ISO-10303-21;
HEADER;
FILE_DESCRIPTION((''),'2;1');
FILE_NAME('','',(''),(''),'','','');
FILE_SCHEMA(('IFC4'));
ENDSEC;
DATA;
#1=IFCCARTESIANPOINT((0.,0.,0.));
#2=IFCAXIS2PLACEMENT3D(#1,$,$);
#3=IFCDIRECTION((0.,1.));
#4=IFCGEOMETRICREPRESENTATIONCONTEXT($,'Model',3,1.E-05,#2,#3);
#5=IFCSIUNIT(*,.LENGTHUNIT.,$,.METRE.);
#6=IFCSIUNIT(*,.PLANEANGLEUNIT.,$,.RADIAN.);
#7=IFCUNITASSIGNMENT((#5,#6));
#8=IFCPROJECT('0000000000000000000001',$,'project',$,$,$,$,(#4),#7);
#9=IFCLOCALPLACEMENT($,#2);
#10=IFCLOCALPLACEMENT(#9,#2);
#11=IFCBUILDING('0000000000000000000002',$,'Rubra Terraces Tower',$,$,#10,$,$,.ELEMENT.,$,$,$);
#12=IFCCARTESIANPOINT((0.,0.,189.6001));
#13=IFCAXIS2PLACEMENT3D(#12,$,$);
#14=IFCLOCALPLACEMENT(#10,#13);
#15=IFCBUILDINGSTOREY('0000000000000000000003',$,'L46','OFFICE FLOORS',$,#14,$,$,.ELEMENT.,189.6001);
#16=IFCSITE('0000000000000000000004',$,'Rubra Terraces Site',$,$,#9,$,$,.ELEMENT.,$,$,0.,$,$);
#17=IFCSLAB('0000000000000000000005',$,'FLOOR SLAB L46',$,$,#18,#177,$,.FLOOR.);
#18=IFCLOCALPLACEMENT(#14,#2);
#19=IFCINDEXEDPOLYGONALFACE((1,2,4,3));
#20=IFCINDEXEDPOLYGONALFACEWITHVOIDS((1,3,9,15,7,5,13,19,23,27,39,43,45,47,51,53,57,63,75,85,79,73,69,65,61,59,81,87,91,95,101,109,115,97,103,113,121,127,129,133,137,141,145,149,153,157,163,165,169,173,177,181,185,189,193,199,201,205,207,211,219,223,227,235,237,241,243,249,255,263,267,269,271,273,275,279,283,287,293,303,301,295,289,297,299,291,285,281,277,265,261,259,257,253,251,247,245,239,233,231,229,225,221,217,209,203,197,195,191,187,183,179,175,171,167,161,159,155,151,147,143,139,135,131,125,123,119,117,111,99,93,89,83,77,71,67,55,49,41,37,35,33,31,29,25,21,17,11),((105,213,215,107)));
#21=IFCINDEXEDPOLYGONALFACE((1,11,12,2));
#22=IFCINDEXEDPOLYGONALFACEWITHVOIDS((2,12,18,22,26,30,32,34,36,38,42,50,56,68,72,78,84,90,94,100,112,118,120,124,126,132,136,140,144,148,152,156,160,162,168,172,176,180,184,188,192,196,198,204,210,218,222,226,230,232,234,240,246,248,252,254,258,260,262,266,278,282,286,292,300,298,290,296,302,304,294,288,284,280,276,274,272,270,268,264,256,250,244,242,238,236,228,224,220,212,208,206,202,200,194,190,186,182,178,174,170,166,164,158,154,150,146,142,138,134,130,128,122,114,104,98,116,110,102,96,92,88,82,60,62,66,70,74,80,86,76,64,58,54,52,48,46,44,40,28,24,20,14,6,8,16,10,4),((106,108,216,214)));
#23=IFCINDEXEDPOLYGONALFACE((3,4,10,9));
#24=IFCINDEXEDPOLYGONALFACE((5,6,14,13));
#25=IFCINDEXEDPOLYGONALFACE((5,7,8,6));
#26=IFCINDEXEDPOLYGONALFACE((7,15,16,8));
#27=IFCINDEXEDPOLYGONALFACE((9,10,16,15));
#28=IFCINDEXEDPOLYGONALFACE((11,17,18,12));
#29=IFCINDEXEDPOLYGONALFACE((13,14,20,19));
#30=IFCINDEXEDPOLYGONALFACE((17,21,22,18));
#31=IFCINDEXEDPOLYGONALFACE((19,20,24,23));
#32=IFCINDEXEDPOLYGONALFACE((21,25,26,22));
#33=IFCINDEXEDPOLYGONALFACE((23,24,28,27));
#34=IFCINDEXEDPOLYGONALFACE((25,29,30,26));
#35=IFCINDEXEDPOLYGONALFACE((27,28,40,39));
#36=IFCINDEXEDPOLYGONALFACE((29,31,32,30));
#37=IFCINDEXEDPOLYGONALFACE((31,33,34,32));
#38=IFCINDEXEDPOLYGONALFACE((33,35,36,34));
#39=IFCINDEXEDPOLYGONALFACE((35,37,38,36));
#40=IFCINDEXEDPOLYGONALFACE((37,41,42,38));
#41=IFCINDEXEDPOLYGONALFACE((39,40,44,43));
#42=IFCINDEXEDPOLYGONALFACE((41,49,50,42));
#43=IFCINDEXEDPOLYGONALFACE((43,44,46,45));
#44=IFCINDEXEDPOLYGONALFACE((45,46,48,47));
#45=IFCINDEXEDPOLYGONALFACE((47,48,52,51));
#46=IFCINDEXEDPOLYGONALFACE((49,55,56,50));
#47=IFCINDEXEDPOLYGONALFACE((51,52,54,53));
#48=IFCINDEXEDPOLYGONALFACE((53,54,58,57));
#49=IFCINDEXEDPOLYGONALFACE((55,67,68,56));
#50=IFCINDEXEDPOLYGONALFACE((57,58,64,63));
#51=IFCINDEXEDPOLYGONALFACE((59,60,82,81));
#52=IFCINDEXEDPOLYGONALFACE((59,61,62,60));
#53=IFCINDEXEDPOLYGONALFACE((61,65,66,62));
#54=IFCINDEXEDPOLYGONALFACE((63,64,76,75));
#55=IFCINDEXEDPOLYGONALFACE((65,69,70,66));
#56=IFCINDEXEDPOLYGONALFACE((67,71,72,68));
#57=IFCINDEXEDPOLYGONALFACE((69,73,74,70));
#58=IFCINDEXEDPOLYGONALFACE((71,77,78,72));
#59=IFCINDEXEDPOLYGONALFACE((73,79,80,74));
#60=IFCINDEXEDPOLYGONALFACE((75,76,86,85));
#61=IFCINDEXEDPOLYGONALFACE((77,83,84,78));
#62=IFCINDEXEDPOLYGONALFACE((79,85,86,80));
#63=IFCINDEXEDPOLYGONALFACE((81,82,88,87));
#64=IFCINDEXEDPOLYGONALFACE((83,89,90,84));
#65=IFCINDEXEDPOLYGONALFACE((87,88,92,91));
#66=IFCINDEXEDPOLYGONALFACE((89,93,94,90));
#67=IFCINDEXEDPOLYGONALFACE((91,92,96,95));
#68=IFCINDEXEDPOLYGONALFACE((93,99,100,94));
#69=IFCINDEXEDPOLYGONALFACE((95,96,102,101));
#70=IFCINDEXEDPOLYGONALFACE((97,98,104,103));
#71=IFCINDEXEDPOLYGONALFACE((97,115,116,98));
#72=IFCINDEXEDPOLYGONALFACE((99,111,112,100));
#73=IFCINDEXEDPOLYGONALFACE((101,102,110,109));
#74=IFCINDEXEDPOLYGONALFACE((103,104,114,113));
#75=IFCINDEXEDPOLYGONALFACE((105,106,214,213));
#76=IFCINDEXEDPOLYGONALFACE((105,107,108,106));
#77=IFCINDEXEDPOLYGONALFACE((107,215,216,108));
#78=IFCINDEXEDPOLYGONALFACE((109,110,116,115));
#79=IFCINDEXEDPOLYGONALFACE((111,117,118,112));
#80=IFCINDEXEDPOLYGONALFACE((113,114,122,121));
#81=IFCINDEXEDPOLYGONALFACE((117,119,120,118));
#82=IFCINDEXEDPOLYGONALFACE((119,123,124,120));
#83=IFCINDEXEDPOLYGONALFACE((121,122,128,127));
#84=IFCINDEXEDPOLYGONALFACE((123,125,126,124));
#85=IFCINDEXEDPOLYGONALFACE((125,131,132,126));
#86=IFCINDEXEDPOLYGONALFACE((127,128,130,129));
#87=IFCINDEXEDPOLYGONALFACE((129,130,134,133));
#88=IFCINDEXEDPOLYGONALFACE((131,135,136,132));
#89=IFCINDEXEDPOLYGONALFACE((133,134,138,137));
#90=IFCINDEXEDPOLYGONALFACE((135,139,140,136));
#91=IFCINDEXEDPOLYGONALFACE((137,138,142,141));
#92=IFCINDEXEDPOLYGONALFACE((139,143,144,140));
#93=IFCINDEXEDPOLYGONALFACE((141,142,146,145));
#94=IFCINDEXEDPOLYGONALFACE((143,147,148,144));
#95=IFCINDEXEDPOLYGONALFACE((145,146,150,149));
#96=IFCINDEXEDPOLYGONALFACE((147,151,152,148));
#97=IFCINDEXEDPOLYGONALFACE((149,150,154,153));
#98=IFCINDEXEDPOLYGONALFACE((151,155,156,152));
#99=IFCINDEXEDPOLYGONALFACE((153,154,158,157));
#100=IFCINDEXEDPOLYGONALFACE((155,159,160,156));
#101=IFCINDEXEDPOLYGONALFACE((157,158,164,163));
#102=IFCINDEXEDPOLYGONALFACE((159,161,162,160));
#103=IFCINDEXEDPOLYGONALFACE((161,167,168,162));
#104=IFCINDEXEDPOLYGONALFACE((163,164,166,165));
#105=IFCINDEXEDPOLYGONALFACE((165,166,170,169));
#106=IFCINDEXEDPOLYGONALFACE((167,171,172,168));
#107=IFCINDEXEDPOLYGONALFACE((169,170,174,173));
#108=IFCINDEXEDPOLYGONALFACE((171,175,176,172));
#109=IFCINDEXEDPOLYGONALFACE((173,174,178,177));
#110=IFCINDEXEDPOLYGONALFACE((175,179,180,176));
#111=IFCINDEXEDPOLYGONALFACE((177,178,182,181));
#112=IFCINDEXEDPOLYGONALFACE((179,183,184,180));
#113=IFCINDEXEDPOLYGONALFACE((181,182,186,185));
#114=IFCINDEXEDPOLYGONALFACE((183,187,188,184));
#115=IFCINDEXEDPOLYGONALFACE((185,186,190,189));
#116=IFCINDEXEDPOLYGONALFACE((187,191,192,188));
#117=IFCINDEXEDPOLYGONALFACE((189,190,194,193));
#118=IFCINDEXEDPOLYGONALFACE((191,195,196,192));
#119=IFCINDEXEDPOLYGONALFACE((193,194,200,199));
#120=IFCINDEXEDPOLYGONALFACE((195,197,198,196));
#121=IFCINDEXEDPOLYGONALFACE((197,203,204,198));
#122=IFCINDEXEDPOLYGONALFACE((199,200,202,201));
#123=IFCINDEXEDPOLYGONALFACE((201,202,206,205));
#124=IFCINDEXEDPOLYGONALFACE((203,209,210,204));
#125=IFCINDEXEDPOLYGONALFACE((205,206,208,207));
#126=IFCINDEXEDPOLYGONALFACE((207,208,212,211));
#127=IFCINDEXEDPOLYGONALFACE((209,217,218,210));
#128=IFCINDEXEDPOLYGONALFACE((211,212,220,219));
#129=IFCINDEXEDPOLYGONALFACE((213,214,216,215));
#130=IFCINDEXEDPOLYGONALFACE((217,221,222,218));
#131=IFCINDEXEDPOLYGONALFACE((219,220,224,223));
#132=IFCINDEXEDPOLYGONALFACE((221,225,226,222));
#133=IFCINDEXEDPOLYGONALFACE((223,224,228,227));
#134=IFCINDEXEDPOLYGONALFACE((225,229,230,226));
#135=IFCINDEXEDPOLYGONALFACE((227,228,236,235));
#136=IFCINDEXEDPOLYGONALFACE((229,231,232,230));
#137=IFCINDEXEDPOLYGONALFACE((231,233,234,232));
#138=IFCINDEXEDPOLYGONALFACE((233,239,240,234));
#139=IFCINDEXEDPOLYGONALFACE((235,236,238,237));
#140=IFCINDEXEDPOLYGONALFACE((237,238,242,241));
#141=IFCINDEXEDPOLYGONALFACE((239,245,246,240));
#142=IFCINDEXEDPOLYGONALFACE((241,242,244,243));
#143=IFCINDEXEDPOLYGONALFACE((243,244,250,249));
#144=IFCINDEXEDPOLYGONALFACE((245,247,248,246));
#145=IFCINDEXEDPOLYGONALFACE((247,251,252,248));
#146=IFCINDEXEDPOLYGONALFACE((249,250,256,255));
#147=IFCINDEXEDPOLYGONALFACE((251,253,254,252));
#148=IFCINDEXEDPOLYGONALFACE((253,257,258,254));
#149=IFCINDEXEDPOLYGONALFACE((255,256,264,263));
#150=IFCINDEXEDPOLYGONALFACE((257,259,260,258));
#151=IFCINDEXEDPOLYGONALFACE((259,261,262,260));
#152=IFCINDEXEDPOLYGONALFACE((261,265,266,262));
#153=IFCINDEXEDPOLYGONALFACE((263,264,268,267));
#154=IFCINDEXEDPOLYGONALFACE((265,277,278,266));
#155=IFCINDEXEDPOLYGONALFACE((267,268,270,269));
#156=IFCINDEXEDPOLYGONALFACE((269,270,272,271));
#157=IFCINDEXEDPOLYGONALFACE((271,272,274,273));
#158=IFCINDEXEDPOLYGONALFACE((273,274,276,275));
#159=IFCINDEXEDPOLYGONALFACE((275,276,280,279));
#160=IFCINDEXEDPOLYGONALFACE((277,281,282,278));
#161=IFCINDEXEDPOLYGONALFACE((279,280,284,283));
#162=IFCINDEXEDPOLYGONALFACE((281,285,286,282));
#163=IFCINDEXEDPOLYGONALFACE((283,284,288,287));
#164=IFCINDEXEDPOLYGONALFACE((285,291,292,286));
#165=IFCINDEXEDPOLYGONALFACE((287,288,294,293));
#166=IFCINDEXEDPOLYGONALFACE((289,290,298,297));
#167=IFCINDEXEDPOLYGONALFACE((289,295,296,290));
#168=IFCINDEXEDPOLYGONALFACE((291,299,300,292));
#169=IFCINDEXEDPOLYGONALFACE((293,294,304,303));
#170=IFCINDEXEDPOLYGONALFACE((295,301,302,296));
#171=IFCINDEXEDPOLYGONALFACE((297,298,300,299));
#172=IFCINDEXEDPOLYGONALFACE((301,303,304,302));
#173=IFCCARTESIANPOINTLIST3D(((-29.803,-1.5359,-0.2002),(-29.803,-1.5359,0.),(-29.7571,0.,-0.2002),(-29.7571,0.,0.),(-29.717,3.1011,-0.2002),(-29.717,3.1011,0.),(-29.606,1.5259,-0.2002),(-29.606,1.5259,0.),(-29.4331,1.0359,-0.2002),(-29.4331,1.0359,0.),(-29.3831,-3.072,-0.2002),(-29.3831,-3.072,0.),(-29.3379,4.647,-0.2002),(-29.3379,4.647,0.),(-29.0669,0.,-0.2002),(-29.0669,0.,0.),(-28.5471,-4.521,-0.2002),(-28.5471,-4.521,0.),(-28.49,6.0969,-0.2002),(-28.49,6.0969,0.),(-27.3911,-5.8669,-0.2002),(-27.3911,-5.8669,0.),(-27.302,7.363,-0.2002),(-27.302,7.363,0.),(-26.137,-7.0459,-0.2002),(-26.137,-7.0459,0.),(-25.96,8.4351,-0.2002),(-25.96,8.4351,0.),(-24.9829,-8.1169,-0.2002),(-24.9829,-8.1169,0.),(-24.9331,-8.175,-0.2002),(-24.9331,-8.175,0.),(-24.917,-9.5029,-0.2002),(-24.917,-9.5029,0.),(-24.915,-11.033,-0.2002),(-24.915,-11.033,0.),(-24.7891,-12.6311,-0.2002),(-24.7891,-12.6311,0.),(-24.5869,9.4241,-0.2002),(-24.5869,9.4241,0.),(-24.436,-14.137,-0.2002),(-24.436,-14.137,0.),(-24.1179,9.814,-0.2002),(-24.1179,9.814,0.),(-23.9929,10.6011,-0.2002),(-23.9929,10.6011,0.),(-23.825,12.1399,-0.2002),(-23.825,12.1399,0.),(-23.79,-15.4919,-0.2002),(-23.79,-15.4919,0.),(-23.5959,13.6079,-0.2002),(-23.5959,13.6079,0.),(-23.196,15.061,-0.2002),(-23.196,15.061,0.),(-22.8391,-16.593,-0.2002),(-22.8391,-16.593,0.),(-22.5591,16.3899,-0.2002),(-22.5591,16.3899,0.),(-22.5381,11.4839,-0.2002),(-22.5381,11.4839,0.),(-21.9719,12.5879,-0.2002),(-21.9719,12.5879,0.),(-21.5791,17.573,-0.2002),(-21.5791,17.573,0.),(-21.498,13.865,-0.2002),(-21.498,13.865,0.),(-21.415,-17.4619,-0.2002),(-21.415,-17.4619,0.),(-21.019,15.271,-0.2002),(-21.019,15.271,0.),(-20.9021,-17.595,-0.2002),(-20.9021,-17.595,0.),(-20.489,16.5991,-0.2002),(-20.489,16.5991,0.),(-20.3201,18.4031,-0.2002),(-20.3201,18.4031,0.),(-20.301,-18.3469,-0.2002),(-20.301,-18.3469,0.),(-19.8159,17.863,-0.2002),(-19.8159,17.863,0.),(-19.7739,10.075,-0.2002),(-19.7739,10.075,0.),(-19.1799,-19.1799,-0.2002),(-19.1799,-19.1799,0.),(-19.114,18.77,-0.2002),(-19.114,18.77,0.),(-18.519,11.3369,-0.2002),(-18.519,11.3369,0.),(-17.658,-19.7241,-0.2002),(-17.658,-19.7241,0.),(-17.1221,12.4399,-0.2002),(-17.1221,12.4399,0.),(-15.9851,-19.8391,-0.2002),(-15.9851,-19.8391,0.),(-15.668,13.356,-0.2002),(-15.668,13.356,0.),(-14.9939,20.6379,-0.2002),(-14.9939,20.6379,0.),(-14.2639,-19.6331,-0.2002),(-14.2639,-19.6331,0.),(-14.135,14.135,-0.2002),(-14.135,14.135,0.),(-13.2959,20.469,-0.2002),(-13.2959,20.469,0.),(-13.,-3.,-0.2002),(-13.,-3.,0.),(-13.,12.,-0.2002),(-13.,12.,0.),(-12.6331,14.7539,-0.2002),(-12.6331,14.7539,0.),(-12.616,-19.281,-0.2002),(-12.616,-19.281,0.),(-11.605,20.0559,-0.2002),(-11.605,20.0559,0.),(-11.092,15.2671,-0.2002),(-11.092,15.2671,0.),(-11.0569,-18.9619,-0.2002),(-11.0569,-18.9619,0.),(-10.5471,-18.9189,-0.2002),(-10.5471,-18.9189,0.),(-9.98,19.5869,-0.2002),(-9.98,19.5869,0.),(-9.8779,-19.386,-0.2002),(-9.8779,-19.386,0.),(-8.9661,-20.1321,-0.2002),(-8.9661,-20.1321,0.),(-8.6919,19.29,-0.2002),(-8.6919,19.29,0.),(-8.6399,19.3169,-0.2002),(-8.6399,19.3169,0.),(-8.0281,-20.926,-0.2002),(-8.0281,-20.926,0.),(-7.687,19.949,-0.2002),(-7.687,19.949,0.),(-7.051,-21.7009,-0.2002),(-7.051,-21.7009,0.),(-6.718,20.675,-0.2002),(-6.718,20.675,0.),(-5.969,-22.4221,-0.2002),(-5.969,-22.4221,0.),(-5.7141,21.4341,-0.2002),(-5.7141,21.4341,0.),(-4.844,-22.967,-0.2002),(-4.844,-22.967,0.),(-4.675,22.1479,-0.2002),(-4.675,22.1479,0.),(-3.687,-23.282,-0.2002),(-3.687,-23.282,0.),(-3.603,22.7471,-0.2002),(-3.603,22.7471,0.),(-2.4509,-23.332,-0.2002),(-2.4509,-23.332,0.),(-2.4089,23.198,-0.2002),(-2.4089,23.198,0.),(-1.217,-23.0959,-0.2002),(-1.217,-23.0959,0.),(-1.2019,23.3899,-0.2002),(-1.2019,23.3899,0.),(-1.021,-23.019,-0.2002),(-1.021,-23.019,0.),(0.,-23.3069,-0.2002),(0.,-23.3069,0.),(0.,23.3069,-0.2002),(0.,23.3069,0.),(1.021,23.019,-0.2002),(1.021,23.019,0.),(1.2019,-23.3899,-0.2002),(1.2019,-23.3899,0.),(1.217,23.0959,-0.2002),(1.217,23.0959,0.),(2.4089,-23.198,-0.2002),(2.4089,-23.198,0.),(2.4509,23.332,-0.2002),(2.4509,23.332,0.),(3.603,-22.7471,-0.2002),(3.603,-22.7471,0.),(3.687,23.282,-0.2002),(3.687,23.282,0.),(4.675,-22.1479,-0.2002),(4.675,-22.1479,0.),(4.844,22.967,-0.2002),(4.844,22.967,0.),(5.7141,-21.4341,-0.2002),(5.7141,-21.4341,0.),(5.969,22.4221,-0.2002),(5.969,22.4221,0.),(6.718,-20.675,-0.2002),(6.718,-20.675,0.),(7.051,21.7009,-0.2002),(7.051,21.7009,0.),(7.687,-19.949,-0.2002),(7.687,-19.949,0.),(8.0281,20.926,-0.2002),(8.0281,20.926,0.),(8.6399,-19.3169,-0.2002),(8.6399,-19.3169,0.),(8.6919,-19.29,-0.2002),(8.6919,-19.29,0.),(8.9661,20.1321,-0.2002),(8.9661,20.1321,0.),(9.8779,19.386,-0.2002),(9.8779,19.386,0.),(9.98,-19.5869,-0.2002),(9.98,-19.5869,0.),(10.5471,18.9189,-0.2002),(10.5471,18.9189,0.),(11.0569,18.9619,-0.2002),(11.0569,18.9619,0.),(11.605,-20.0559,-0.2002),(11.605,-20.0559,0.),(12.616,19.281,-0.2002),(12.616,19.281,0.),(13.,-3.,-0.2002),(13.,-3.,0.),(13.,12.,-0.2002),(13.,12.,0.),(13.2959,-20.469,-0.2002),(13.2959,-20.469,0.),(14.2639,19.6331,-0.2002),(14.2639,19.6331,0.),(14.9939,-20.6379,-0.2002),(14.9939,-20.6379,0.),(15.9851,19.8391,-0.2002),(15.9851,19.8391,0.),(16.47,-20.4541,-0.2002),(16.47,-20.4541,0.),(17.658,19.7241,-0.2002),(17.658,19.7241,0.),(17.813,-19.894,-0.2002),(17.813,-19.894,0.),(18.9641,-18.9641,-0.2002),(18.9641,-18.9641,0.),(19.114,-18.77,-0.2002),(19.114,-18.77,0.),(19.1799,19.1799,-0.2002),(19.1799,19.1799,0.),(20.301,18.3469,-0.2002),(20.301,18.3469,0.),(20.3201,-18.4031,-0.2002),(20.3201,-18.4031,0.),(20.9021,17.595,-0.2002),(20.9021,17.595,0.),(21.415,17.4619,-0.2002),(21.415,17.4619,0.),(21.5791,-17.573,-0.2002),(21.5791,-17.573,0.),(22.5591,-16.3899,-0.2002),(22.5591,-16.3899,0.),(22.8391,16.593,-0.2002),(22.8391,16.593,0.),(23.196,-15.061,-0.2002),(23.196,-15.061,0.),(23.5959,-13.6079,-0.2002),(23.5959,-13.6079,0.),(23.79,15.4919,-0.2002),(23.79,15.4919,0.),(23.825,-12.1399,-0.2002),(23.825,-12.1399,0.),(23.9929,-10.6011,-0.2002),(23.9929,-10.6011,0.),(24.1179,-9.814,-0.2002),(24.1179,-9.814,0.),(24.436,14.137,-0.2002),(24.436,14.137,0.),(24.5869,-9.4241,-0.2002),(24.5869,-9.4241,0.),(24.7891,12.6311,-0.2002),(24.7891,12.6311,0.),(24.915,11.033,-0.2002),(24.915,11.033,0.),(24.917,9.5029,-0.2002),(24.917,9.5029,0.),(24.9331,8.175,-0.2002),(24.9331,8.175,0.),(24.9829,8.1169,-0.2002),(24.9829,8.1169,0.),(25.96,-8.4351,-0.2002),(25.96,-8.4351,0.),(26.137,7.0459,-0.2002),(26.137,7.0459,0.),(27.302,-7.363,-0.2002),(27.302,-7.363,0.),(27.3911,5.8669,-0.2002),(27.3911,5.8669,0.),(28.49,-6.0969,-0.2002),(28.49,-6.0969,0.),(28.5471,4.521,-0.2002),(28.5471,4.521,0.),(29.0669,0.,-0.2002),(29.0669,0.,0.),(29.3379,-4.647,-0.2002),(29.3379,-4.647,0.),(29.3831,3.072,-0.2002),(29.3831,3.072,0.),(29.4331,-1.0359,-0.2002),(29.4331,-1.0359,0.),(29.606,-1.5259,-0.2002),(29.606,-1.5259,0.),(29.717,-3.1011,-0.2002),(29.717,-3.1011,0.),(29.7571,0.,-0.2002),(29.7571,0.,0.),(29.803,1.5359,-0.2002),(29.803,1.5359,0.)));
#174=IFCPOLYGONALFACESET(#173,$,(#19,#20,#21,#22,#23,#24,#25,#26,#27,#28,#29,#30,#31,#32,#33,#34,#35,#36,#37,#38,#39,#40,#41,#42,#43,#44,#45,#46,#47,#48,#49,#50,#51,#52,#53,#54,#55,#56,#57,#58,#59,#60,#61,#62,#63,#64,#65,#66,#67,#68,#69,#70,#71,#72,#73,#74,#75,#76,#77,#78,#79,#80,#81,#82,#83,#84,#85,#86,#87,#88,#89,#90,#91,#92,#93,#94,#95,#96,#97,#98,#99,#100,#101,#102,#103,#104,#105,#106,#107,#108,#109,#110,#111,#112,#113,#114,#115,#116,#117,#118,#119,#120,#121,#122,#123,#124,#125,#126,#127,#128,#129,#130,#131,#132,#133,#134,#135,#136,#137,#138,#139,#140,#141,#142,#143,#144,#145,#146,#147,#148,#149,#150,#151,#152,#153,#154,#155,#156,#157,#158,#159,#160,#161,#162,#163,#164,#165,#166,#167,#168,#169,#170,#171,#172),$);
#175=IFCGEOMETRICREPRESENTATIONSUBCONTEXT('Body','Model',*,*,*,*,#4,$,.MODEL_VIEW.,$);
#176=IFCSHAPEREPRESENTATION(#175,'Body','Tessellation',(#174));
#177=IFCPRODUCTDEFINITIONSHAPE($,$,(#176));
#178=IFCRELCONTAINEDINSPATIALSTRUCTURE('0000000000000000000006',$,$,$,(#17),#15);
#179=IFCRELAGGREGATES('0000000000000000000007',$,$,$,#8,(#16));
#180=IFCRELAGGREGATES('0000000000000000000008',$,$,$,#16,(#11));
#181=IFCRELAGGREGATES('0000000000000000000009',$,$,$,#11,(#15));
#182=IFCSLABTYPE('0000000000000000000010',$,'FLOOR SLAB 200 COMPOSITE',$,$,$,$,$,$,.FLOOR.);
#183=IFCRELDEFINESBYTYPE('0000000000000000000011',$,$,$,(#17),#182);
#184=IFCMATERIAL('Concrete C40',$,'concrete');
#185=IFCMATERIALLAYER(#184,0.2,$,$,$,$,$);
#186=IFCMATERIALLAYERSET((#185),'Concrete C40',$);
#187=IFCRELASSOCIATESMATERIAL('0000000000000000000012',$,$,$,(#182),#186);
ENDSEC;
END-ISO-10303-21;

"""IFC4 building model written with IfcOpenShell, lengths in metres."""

from ifc_helpers import new_model, si_unit, direction, frame, origin, place, context, subcontext, project, spatial, polyline, outline, extrude, material, layer, layer_set, type_object, element, save


model = new_model("IFC4")

# Units and contexts
model_context = context("Model", 3, precision=1e-05, world=origin(), true_north=direction((0.0, 1.0)))
body_context = subcontext(model_context, "Body", "Model", "MODEL_VIEW")
ifc_project = project(units=[si_unit("LENGTHUNIT", "METRE"), si_unit("PLANEANGLEUNIT", "RADIAN")], contexts=[model_context])

# Site, building, storey
site_placement = place(None, origin())
site = spatial("IfcSite", under=ifc_project, at=site_placement, Name="Rubra Terraces Site", CompositionType="ELEMENT", RefElevation=0.0)
building_placement = place(site_placement, origin())
building = spatial("IfcBuilding", under=site, at=building_placement, Name="Rubra Terraces Tower", CompositionType="ELEMENT")
storey_placement = place(building_placement, frame((0.0, 0.0, 189.6001)))
storey = spatial("IfcBuildingStorey", under=building, at=storey_placement, Name="L46", Description="OFFICE FLOORS", CompositionType="ELEMENT", Elevation=189.6001)

# Shared definitions
ifc_material_1 = material(Name="Concrete C40", Category="concrete")

# Slab
ifc_layer_1 = layer(ifc_material_1, 0.2)
ifc_layer_set_1 = layer_set([ifc_layer_1], Name="Concrete C40")
slab_type_1 = type_object("IfcSlabType", Name="FLOOR SLAB 200 COMPOSITE", PredefinedType="FLOOR", material=ifc_layer_set_1)
slab_1_placement = place(storey_placement, frame((0.0, 0.0, -0.2002)))
element("IfcSlab", 1, at=slab_1_placement, inside=storey, type_object=slab_type_1, Name="FLOOR SLAB L46", PredefinedType="FLOOR", context=body_context, shape_type="SweptSolid", body=[
    extrude(outline(polyline([(11.0569, 18.9619), (10.5471, 18.9189), (9.8779, 19.386), (8.9661, 20.1321), (8.0281, 20.926), (7.051, 21.7009), (5.969, 22.4221), (4.844, 22.967), (3.687, 23.282), (2.4509, 23.332), (1.217, 23.0959), (1.021, 23.019), (0.0, 23.3069), (-1.2019, 23.3899), (-2.4089, 23.198), (-3.603, 22.7471), (-4.675, 22.1479), (-5.7141, 21.4341), (-6.718, 20.675), (-7.687, 19.949), (-8.6399, 19.3169), (-8.6919, 19.29), (-9.98, 19.5869), (-11.605, 20.0559), (-13.2959, 20.469), (-14.9939, 20.6379), (-11.092, 15.2671), (-12.6331, 14.7539), (-14.135, 14.135), (-15.668, 13.356), (-17.1221, 12.4399), (-18.519, 11.3369), (-19.7739, 10.075), (-22.5381, 11.4839), (-21.9719, 12.5879), (-21.498, 13.865), (-21.019, 15.271), (-20.489, 16.5991), (-19.8159, 17.863), (-19.114, 18.77), (-20.3201, 18.4031), (-21.5791, 17.573), (-22.5591, 16.3899), (-23.196, 15.061), (-23.5959, 13.6079), (-23.825, 12.1399), (-23.9929, 10.6011), (-24.1179, 9.814), (-24.5869, 9.4241), (-25.96, 8.4351), (-27.302, 7.363), (-28.49, 6.0969), (-29.3379, 4.647), (-29.717, 3.1011), (-29.606, 1.5259), (-29.0669, 0.0), (-29.4331, 1.0359), (-29.7571, 0.0), (-29.803, -1.5359), (-29.3831, -3.072), (-28.5471, -4.521), (-27.3911, -5.8669), (-26.137, -7.0459), (-24.9829, -8.1169), (-24.9331, -8.175), (-24.917, -9.5029), (-24.915, -11.033), (-24.7891, -12.6311), (-24.436, -14.137), (-23.79, -15.4919), (-22.8391, -16.593), (-21.415, -17.4619), (-20.9021, -17.595), (-20.301, -18.3469), (-19.1799, -19.1799), (-17.658, -19.7241), (-15.9851, -19.8391), (-14.2639, -19.6331), (-12.616, -19.281), (-11.0569, -18.9619), (-10.5471, -18.9189), (-9.8779, -19.386), (-8.9661, -20.1321), (-8.0281, -20.926), (-7.051, -21.7009), (-5.969, -22.4221), (-4.844, -22.967), (-3.687, -23.282), (-2.4509, -23.332), (-1.217, -23.0959), (-1.021, -23.019), (0.0, -23.3069), (1.2019, -23.3899), (2.4089, -23.198), (3.603, -22.7471), (4.675, -22.1479), (5.7141, -21.4341), (6.718, -20.675), (7.687, -19.949), (8.6399, -19.3169), (8.6919, -19.29), (9.98, -19.5869), (11.605, -20.0559), (13.2959, -20.469), (14.9939, -20.6379), (16.47, -20.4541), (17.813, -19.894), (18.9641, -18.9641), (19.114, -18.77), (20.3201, -18.4031), (21.5791, -17.573), (22.5591, -16.3899), (23.196, -15.061), (23.5959, -13.6079), (23.825, -12.1399), (23.9929, -10.6011), (24.1179, -9.814), (24.5869, -9.4241), (25.96, -8.4351), (27.302, -7.363), (28.49, -6.0969), (29.3379, -4.647), (29.717, -3.1011), (29.606, -1.5259), (29.0669, 0.0), (29.4331, -1.0359), (29.7571, 0.0), (29.803, 1.5359), (29.3831, 3.072), (28.5471, 4.521), (27.3911, 5.8669), (26.137, 7.0459), (24.9829, 8.1169), (24.9331, 8.175), (24.917, 9.5029), (24.915, 11.033), (24.7891, 12.6311), (24.436, 14.137), (23.79, 15.4919), (22.8391, 16.593), (21.415, 17.4619), (20.9021, 17.595), (20.301, 18.3469), (19.1799, 19.1799), (17.658, 19.7241), (15.9851, 19.8391), (14.2639, 19.6331), (12.616, 19.281), (11.0569, 18.9619)]), holes=[polyline([(13.0, 12.0), (13.0, -3.0), (-13.0, -3.0), (-13.0, 12.0), (13.0, 12.0)])]), origin(), (0.0, 0.0, 1.0), 0.2002),
])

save(model, "model.ifc")
